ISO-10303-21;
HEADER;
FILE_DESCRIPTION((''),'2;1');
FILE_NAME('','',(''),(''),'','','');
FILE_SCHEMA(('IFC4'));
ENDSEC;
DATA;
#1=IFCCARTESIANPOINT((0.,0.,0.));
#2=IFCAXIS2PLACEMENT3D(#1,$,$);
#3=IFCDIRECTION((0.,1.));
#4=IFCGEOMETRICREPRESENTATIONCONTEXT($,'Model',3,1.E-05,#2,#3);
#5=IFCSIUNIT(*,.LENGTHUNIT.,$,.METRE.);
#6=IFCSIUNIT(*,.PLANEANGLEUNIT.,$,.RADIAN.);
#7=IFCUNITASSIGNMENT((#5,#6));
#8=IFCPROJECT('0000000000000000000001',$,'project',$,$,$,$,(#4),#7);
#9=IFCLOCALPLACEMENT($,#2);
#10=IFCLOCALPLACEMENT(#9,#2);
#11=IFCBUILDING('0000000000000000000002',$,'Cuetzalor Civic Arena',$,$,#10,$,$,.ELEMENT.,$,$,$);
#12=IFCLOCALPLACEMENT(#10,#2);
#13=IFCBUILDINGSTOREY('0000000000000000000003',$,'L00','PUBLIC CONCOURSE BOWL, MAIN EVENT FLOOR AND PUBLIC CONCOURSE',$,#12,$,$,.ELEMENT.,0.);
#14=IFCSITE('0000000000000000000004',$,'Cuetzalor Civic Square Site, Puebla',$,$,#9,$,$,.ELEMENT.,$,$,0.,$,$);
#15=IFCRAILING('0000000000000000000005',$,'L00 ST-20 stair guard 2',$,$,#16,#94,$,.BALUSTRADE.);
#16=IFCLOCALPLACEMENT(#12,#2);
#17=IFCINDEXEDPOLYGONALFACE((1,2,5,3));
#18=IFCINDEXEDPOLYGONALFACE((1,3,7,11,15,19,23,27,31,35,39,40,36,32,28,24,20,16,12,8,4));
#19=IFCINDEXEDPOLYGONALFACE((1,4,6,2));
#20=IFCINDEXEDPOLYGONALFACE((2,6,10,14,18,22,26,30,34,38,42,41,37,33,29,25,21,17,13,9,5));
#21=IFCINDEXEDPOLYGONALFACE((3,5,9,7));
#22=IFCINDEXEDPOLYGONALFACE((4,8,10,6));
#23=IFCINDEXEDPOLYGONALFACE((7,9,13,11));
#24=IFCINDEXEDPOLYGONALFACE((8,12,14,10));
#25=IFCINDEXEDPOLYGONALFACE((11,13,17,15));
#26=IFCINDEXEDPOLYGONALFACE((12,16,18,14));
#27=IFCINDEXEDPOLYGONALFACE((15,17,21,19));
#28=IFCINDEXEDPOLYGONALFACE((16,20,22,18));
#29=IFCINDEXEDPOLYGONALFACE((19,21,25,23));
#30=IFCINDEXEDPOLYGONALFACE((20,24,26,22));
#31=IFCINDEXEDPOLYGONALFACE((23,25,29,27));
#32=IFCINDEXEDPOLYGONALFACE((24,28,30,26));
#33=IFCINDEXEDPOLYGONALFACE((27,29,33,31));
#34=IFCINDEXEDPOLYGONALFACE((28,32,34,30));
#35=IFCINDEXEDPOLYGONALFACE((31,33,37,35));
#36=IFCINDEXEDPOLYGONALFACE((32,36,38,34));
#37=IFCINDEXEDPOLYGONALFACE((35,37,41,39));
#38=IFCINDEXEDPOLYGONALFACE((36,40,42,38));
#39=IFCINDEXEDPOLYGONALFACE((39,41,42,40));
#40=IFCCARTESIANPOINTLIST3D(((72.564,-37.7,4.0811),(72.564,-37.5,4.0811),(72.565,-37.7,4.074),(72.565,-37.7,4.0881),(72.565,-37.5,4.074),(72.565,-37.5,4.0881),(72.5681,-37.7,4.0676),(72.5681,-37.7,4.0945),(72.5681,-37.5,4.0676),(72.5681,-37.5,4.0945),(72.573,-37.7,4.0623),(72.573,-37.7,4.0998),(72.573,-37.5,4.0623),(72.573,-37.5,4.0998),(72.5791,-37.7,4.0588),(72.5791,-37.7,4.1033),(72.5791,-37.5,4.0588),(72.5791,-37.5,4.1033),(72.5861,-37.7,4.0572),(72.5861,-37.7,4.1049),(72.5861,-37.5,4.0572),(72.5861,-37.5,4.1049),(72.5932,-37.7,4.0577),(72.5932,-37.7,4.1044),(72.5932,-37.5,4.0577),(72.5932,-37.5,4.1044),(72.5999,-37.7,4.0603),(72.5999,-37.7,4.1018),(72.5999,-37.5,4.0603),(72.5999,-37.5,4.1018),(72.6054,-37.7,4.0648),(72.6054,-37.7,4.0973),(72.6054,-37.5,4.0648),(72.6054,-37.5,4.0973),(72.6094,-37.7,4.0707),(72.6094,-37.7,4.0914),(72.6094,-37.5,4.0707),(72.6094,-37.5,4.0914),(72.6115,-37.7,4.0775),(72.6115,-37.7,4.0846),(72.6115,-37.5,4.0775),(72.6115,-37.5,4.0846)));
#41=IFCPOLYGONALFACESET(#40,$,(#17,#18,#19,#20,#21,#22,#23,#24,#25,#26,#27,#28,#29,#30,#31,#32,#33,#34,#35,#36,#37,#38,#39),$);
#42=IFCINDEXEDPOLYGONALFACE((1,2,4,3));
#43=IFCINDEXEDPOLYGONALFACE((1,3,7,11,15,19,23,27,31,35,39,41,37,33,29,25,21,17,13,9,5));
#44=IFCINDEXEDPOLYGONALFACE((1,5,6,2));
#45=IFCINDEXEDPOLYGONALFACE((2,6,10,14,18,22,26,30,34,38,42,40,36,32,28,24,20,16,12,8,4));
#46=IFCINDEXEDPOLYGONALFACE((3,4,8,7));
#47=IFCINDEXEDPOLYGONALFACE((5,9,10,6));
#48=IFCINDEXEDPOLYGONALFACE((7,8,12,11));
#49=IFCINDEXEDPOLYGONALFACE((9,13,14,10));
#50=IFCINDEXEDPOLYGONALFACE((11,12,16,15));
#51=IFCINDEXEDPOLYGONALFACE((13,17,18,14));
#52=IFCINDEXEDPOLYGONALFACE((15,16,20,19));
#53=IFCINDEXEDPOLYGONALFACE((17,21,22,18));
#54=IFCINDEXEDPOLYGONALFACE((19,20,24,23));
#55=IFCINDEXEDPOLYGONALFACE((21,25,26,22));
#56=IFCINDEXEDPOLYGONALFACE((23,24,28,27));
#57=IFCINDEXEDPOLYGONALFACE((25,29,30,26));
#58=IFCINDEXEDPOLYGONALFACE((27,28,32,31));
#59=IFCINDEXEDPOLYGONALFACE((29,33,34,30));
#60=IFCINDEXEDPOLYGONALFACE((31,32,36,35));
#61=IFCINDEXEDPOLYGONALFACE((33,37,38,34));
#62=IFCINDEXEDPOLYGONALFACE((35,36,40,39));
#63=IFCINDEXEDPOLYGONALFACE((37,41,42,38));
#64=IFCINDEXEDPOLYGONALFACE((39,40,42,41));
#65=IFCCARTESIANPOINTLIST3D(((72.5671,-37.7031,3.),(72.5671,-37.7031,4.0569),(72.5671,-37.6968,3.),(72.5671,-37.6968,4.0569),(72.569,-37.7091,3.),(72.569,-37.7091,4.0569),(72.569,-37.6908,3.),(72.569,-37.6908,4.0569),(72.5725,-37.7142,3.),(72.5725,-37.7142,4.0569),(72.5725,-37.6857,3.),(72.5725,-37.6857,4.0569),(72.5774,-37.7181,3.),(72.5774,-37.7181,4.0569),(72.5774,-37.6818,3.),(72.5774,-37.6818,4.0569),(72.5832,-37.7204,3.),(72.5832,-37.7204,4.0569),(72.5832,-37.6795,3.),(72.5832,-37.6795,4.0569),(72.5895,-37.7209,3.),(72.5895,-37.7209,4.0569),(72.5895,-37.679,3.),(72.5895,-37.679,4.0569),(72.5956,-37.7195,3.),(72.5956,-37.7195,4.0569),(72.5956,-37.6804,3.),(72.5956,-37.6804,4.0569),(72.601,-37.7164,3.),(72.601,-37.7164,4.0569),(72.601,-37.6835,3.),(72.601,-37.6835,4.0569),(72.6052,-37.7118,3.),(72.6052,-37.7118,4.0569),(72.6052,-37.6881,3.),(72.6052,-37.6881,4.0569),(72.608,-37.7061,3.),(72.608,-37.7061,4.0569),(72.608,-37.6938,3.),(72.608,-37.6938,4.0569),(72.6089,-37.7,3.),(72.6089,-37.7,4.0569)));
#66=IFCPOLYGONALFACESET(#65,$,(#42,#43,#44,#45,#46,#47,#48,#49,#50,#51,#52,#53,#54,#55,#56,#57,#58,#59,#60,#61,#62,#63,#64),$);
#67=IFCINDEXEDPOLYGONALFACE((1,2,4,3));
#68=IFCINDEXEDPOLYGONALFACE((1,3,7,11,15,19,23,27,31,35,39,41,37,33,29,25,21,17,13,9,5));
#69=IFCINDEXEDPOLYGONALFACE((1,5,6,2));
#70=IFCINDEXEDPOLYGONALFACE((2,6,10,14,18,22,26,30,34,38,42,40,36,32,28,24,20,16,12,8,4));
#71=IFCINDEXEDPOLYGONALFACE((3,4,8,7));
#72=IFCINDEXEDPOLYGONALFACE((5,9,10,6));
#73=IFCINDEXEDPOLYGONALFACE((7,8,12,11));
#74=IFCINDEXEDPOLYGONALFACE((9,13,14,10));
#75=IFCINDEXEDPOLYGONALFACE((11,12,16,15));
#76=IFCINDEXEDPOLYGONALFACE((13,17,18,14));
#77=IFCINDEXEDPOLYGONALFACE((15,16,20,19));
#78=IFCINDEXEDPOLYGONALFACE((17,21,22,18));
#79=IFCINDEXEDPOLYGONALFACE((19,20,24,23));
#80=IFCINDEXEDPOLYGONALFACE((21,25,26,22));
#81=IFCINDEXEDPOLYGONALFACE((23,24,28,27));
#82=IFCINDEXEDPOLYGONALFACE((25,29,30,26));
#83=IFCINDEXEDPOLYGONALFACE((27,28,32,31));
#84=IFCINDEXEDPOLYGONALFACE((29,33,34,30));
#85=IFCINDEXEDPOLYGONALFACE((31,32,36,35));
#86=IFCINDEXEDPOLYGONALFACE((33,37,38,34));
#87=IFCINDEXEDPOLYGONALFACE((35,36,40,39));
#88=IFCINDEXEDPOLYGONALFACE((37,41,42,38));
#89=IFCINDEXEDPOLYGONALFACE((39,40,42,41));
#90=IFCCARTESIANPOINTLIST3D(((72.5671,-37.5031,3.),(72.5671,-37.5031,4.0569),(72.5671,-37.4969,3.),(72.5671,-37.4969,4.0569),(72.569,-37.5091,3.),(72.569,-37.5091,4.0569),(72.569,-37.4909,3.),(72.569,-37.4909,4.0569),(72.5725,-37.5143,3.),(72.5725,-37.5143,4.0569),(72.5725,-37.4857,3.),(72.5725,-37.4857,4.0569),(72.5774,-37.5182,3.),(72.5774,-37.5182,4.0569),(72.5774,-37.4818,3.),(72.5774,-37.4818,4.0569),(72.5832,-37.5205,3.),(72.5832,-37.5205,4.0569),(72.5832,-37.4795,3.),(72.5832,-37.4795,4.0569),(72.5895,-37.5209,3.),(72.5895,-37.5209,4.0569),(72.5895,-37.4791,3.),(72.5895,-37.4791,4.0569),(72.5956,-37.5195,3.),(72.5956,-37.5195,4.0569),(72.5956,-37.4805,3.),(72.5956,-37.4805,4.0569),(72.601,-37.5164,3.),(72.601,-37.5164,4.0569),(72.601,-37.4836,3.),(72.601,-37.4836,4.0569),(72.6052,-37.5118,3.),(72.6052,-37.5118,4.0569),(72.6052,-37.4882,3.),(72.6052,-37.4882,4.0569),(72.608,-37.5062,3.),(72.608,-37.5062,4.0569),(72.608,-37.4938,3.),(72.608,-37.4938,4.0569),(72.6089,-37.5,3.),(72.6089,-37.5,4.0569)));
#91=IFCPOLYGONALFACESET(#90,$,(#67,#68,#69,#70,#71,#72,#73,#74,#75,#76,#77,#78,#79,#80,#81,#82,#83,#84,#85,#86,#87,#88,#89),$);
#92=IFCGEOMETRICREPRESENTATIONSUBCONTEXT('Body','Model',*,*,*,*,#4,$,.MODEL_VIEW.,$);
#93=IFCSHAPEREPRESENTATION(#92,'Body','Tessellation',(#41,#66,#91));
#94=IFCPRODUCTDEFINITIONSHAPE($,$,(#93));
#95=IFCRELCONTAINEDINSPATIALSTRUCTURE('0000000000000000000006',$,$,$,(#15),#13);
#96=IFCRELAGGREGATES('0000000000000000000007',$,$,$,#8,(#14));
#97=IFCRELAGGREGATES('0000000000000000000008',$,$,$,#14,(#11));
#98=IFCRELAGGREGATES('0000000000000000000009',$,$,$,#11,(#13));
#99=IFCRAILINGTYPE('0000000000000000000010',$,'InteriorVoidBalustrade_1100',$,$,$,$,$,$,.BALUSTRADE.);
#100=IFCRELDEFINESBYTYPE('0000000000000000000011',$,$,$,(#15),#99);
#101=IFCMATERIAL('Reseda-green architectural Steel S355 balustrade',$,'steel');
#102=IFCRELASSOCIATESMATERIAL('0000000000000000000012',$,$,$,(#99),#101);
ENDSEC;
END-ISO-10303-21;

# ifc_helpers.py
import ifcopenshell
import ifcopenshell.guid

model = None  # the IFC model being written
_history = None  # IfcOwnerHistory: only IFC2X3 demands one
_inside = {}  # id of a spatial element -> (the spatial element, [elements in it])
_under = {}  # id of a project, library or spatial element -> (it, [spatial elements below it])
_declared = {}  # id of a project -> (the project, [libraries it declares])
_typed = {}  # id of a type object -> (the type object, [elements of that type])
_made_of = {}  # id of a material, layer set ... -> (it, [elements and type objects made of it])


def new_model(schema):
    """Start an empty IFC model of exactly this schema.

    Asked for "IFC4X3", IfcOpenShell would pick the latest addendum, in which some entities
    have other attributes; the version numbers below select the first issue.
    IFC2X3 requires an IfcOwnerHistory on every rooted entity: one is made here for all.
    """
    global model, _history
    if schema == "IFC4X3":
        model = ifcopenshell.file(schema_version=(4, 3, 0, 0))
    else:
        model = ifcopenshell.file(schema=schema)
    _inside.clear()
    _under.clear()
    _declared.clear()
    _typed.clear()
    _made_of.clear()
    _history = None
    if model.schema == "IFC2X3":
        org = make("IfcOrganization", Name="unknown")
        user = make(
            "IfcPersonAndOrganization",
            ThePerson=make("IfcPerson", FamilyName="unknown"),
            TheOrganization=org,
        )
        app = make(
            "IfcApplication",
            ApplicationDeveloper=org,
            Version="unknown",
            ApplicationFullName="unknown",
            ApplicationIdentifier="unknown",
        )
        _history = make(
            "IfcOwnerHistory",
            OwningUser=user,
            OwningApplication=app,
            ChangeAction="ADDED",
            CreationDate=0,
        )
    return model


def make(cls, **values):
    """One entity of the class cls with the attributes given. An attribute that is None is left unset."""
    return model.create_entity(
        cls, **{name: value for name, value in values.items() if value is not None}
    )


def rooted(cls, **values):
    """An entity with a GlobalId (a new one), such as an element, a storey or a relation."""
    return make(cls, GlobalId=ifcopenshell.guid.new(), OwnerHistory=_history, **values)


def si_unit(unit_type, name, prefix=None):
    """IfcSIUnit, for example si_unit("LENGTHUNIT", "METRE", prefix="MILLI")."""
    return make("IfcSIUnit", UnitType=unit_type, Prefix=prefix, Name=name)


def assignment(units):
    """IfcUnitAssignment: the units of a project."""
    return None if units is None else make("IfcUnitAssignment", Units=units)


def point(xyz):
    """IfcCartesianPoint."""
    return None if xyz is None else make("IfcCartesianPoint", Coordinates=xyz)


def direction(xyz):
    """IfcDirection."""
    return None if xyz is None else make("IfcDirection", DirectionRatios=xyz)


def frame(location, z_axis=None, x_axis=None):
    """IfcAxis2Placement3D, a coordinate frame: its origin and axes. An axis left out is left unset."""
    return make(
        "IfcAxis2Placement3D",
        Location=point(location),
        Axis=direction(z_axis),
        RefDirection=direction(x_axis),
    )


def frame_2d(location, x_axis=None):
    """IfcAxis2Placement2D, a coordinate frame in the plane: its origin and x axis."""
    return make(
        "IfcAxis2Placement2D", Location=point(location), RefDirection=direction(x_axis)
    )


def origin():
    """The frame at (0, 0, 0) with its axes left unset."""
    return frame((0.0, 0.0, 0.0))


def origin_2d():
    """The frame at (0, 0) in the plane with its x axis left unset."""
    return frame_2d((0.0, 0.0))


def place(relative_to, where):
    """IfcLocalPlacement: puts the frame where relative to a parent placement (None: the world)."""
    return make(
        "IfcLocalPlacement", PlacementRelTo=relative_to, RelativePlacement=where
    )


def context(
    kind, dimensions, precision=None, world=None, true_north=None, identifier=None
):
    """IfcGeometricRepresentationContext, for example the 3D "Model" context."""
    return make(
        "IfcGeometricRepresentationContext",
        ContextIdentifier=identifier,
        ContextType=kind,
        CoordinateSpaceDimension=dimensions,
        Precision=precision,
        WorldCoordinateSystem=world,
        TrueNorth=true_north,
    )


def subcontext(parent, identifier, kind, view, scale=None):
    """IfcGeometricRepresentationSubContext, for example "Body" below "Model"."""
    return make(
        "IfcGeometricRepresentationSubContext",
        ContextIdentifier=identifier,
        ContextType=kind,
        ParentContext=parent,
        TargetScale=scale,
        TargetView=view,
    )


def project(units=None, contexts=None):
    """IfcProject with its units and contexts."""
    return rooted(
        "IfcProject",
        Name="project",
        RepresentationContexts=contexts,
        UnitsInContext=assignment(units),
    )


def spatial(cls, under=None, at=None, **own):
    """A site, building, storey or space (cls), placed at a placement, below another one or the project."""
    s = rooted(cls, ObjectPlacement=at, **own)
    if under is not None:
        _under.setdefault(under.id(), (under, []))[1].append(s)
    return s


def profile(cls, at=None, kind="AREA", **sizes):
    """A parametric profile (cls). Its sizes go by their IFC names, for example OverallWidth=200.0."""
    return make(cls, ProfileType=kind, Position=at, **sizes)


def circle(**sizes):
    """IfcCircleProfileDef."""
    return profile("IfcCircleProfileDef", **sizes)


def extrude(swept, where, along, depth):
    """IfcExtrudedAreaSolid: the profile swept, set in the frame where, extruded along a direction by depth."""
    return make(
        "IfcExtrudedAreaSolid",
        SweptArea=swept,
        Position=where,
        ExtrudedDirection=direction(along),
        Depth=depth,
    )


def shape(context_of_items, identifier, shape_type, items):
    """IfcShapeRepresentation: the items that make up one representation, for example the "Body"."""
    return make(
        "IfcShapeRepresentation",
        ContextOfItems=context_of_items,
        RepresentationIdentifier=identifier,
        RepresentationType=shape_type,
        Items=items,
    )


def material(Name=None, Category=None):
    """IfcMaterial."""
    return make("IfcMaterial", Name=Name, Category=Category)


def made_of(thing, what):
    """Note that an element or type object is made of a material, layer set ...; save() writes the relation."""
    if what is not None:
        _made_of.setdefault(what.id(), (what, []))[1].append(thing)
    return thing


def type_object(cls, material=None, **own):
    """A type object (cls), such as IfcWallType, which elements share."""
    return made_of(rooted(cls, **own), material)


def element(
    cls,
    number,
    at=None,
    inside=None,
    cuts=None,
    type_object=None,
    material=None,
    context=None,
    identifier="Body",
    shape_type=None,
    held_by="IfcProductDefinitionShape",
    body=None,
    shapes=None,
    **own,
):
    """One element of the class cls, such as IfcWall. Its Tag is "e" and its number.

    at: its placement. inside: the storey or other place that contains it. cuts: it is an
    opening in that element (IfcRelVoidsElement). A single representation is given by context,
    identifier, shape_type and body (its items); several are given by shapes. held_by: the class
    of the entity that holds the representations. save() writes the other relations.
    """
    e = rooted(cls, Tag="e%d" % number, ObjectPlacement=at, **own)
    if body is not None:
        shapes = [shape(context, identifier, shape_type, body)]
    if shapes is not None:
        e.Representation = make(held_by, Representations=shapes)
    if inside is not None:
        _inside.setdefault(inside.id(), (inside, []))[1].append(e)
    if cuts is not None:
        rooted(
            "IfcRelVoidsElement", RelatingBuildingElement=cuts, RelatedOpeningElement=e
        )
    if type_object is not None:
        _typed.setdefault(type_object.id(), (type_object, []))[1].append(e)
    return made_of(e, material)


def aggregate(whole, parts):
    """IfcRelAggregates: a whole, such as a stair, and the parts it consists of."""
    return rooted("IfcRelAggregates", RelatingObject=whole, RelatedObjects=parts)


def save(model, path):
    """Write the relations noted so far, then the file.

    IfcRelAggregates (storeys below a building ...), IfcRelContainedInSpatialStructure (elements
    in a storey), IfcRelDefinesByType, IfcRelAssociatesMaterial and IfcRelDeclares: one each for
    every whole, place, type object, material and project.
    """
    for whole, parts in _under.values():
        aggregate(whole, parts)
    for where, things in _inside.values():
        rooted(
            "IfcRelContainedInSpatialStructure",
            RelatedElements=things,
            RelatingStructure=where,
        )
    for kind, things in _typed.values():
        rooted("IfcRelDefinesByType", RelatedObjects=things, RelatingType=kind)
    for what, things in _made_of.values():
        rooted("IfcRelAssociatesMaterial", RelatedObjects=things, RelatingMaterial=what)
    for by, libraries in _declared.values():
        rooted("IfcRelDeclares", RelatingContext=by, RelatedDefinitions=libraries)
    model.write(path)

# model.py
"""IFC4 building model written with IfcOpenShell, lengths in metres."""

from ifc_helpers import new_model, si_unit, direction, frame, origin, origin_2d, place, context, subcontext, project, spatial, circle, extrude, material, type_object, element, save


model = new_model("IFC4")

# Units and contexts
model_context = context("Model", 3, precision=1e-05, world=origin(), true_north=direction((0.0, 1.0)))
body_context = subcontext(model_context, "Body", "Model", "MODEL_VIEW")
ifc_project = project(units=[si_unit("LENGTHUNIT", "METRE"), si_unit("PLANEANGLEUNIT", "RADIAN")], contexts=[model_context])

# Site, building, storey
site_placement = place(None, origin())
site = spatial("IfcSite", under=ifc_project, at=site_placement, Name="Cuetzalor Civic Square Site, Puebla", CompositionType="ELEMENT", RefElevation=0.0)
building_placement = place(site_placement, origin())
building = spatial("IfcBuilding", under=site, at=building_placement, Name="Cuetzalor Civic Arena", CompositionType="ELEMENT")
storey_placement = place(building_placement, origin())
storey = spatial("IfcBuildingStorey", under=building, at=storey_placement, Name="L00", Description="PUBLIC CONCOURSE BOWL, MAIN EVENT FLOOR AND PUBLIC CONCOURSE", CompositionType="ELEMENT", Elevation=0.0)

# Railing
ifc_material_1 = material(Name="Reseda-green architectural Steel S355 balustrade", Category="steel")
railing_type_1 = type_object("IfcRailingType", Name="InteriorVoidBalustrade_1100", PredefinedType="BALUSTRADE", material=ifc_material_1)
railing_1_placement = place(storey_placement, frame((72.5879, -37.7, 3.0)))
element("IfcRailing", 1, at=railing_1_placement, inside=storey, type_object=railing_type_1, Name="L00 ST-20 stair guard 2", PredefinedType="BALUSTRADE", context=body_context, shape_type="SweptSolid", body=[
    extrude(circle(Radius=0.0239, at=origin_2d()), frame((0.0, 0.0, 1.0811), z_axis=(0.0, 1.0, 0.0), x_axis=(-1.0, 0.0, 0.0)), (0.0, 0.0, 1.0), 0.2),
    extrude(circle(Radius=0.021, at=origin_2d()), origin(), (0.0, 0.0, 1.0), 1.0569),
    extrude(circle(Radius=0.021, at=origin_2d()), frame((0.0, 0.2, 0.0)), (0.0, 0.0, 1.0), 1.0569),
])

save(model, "model.ifc")
